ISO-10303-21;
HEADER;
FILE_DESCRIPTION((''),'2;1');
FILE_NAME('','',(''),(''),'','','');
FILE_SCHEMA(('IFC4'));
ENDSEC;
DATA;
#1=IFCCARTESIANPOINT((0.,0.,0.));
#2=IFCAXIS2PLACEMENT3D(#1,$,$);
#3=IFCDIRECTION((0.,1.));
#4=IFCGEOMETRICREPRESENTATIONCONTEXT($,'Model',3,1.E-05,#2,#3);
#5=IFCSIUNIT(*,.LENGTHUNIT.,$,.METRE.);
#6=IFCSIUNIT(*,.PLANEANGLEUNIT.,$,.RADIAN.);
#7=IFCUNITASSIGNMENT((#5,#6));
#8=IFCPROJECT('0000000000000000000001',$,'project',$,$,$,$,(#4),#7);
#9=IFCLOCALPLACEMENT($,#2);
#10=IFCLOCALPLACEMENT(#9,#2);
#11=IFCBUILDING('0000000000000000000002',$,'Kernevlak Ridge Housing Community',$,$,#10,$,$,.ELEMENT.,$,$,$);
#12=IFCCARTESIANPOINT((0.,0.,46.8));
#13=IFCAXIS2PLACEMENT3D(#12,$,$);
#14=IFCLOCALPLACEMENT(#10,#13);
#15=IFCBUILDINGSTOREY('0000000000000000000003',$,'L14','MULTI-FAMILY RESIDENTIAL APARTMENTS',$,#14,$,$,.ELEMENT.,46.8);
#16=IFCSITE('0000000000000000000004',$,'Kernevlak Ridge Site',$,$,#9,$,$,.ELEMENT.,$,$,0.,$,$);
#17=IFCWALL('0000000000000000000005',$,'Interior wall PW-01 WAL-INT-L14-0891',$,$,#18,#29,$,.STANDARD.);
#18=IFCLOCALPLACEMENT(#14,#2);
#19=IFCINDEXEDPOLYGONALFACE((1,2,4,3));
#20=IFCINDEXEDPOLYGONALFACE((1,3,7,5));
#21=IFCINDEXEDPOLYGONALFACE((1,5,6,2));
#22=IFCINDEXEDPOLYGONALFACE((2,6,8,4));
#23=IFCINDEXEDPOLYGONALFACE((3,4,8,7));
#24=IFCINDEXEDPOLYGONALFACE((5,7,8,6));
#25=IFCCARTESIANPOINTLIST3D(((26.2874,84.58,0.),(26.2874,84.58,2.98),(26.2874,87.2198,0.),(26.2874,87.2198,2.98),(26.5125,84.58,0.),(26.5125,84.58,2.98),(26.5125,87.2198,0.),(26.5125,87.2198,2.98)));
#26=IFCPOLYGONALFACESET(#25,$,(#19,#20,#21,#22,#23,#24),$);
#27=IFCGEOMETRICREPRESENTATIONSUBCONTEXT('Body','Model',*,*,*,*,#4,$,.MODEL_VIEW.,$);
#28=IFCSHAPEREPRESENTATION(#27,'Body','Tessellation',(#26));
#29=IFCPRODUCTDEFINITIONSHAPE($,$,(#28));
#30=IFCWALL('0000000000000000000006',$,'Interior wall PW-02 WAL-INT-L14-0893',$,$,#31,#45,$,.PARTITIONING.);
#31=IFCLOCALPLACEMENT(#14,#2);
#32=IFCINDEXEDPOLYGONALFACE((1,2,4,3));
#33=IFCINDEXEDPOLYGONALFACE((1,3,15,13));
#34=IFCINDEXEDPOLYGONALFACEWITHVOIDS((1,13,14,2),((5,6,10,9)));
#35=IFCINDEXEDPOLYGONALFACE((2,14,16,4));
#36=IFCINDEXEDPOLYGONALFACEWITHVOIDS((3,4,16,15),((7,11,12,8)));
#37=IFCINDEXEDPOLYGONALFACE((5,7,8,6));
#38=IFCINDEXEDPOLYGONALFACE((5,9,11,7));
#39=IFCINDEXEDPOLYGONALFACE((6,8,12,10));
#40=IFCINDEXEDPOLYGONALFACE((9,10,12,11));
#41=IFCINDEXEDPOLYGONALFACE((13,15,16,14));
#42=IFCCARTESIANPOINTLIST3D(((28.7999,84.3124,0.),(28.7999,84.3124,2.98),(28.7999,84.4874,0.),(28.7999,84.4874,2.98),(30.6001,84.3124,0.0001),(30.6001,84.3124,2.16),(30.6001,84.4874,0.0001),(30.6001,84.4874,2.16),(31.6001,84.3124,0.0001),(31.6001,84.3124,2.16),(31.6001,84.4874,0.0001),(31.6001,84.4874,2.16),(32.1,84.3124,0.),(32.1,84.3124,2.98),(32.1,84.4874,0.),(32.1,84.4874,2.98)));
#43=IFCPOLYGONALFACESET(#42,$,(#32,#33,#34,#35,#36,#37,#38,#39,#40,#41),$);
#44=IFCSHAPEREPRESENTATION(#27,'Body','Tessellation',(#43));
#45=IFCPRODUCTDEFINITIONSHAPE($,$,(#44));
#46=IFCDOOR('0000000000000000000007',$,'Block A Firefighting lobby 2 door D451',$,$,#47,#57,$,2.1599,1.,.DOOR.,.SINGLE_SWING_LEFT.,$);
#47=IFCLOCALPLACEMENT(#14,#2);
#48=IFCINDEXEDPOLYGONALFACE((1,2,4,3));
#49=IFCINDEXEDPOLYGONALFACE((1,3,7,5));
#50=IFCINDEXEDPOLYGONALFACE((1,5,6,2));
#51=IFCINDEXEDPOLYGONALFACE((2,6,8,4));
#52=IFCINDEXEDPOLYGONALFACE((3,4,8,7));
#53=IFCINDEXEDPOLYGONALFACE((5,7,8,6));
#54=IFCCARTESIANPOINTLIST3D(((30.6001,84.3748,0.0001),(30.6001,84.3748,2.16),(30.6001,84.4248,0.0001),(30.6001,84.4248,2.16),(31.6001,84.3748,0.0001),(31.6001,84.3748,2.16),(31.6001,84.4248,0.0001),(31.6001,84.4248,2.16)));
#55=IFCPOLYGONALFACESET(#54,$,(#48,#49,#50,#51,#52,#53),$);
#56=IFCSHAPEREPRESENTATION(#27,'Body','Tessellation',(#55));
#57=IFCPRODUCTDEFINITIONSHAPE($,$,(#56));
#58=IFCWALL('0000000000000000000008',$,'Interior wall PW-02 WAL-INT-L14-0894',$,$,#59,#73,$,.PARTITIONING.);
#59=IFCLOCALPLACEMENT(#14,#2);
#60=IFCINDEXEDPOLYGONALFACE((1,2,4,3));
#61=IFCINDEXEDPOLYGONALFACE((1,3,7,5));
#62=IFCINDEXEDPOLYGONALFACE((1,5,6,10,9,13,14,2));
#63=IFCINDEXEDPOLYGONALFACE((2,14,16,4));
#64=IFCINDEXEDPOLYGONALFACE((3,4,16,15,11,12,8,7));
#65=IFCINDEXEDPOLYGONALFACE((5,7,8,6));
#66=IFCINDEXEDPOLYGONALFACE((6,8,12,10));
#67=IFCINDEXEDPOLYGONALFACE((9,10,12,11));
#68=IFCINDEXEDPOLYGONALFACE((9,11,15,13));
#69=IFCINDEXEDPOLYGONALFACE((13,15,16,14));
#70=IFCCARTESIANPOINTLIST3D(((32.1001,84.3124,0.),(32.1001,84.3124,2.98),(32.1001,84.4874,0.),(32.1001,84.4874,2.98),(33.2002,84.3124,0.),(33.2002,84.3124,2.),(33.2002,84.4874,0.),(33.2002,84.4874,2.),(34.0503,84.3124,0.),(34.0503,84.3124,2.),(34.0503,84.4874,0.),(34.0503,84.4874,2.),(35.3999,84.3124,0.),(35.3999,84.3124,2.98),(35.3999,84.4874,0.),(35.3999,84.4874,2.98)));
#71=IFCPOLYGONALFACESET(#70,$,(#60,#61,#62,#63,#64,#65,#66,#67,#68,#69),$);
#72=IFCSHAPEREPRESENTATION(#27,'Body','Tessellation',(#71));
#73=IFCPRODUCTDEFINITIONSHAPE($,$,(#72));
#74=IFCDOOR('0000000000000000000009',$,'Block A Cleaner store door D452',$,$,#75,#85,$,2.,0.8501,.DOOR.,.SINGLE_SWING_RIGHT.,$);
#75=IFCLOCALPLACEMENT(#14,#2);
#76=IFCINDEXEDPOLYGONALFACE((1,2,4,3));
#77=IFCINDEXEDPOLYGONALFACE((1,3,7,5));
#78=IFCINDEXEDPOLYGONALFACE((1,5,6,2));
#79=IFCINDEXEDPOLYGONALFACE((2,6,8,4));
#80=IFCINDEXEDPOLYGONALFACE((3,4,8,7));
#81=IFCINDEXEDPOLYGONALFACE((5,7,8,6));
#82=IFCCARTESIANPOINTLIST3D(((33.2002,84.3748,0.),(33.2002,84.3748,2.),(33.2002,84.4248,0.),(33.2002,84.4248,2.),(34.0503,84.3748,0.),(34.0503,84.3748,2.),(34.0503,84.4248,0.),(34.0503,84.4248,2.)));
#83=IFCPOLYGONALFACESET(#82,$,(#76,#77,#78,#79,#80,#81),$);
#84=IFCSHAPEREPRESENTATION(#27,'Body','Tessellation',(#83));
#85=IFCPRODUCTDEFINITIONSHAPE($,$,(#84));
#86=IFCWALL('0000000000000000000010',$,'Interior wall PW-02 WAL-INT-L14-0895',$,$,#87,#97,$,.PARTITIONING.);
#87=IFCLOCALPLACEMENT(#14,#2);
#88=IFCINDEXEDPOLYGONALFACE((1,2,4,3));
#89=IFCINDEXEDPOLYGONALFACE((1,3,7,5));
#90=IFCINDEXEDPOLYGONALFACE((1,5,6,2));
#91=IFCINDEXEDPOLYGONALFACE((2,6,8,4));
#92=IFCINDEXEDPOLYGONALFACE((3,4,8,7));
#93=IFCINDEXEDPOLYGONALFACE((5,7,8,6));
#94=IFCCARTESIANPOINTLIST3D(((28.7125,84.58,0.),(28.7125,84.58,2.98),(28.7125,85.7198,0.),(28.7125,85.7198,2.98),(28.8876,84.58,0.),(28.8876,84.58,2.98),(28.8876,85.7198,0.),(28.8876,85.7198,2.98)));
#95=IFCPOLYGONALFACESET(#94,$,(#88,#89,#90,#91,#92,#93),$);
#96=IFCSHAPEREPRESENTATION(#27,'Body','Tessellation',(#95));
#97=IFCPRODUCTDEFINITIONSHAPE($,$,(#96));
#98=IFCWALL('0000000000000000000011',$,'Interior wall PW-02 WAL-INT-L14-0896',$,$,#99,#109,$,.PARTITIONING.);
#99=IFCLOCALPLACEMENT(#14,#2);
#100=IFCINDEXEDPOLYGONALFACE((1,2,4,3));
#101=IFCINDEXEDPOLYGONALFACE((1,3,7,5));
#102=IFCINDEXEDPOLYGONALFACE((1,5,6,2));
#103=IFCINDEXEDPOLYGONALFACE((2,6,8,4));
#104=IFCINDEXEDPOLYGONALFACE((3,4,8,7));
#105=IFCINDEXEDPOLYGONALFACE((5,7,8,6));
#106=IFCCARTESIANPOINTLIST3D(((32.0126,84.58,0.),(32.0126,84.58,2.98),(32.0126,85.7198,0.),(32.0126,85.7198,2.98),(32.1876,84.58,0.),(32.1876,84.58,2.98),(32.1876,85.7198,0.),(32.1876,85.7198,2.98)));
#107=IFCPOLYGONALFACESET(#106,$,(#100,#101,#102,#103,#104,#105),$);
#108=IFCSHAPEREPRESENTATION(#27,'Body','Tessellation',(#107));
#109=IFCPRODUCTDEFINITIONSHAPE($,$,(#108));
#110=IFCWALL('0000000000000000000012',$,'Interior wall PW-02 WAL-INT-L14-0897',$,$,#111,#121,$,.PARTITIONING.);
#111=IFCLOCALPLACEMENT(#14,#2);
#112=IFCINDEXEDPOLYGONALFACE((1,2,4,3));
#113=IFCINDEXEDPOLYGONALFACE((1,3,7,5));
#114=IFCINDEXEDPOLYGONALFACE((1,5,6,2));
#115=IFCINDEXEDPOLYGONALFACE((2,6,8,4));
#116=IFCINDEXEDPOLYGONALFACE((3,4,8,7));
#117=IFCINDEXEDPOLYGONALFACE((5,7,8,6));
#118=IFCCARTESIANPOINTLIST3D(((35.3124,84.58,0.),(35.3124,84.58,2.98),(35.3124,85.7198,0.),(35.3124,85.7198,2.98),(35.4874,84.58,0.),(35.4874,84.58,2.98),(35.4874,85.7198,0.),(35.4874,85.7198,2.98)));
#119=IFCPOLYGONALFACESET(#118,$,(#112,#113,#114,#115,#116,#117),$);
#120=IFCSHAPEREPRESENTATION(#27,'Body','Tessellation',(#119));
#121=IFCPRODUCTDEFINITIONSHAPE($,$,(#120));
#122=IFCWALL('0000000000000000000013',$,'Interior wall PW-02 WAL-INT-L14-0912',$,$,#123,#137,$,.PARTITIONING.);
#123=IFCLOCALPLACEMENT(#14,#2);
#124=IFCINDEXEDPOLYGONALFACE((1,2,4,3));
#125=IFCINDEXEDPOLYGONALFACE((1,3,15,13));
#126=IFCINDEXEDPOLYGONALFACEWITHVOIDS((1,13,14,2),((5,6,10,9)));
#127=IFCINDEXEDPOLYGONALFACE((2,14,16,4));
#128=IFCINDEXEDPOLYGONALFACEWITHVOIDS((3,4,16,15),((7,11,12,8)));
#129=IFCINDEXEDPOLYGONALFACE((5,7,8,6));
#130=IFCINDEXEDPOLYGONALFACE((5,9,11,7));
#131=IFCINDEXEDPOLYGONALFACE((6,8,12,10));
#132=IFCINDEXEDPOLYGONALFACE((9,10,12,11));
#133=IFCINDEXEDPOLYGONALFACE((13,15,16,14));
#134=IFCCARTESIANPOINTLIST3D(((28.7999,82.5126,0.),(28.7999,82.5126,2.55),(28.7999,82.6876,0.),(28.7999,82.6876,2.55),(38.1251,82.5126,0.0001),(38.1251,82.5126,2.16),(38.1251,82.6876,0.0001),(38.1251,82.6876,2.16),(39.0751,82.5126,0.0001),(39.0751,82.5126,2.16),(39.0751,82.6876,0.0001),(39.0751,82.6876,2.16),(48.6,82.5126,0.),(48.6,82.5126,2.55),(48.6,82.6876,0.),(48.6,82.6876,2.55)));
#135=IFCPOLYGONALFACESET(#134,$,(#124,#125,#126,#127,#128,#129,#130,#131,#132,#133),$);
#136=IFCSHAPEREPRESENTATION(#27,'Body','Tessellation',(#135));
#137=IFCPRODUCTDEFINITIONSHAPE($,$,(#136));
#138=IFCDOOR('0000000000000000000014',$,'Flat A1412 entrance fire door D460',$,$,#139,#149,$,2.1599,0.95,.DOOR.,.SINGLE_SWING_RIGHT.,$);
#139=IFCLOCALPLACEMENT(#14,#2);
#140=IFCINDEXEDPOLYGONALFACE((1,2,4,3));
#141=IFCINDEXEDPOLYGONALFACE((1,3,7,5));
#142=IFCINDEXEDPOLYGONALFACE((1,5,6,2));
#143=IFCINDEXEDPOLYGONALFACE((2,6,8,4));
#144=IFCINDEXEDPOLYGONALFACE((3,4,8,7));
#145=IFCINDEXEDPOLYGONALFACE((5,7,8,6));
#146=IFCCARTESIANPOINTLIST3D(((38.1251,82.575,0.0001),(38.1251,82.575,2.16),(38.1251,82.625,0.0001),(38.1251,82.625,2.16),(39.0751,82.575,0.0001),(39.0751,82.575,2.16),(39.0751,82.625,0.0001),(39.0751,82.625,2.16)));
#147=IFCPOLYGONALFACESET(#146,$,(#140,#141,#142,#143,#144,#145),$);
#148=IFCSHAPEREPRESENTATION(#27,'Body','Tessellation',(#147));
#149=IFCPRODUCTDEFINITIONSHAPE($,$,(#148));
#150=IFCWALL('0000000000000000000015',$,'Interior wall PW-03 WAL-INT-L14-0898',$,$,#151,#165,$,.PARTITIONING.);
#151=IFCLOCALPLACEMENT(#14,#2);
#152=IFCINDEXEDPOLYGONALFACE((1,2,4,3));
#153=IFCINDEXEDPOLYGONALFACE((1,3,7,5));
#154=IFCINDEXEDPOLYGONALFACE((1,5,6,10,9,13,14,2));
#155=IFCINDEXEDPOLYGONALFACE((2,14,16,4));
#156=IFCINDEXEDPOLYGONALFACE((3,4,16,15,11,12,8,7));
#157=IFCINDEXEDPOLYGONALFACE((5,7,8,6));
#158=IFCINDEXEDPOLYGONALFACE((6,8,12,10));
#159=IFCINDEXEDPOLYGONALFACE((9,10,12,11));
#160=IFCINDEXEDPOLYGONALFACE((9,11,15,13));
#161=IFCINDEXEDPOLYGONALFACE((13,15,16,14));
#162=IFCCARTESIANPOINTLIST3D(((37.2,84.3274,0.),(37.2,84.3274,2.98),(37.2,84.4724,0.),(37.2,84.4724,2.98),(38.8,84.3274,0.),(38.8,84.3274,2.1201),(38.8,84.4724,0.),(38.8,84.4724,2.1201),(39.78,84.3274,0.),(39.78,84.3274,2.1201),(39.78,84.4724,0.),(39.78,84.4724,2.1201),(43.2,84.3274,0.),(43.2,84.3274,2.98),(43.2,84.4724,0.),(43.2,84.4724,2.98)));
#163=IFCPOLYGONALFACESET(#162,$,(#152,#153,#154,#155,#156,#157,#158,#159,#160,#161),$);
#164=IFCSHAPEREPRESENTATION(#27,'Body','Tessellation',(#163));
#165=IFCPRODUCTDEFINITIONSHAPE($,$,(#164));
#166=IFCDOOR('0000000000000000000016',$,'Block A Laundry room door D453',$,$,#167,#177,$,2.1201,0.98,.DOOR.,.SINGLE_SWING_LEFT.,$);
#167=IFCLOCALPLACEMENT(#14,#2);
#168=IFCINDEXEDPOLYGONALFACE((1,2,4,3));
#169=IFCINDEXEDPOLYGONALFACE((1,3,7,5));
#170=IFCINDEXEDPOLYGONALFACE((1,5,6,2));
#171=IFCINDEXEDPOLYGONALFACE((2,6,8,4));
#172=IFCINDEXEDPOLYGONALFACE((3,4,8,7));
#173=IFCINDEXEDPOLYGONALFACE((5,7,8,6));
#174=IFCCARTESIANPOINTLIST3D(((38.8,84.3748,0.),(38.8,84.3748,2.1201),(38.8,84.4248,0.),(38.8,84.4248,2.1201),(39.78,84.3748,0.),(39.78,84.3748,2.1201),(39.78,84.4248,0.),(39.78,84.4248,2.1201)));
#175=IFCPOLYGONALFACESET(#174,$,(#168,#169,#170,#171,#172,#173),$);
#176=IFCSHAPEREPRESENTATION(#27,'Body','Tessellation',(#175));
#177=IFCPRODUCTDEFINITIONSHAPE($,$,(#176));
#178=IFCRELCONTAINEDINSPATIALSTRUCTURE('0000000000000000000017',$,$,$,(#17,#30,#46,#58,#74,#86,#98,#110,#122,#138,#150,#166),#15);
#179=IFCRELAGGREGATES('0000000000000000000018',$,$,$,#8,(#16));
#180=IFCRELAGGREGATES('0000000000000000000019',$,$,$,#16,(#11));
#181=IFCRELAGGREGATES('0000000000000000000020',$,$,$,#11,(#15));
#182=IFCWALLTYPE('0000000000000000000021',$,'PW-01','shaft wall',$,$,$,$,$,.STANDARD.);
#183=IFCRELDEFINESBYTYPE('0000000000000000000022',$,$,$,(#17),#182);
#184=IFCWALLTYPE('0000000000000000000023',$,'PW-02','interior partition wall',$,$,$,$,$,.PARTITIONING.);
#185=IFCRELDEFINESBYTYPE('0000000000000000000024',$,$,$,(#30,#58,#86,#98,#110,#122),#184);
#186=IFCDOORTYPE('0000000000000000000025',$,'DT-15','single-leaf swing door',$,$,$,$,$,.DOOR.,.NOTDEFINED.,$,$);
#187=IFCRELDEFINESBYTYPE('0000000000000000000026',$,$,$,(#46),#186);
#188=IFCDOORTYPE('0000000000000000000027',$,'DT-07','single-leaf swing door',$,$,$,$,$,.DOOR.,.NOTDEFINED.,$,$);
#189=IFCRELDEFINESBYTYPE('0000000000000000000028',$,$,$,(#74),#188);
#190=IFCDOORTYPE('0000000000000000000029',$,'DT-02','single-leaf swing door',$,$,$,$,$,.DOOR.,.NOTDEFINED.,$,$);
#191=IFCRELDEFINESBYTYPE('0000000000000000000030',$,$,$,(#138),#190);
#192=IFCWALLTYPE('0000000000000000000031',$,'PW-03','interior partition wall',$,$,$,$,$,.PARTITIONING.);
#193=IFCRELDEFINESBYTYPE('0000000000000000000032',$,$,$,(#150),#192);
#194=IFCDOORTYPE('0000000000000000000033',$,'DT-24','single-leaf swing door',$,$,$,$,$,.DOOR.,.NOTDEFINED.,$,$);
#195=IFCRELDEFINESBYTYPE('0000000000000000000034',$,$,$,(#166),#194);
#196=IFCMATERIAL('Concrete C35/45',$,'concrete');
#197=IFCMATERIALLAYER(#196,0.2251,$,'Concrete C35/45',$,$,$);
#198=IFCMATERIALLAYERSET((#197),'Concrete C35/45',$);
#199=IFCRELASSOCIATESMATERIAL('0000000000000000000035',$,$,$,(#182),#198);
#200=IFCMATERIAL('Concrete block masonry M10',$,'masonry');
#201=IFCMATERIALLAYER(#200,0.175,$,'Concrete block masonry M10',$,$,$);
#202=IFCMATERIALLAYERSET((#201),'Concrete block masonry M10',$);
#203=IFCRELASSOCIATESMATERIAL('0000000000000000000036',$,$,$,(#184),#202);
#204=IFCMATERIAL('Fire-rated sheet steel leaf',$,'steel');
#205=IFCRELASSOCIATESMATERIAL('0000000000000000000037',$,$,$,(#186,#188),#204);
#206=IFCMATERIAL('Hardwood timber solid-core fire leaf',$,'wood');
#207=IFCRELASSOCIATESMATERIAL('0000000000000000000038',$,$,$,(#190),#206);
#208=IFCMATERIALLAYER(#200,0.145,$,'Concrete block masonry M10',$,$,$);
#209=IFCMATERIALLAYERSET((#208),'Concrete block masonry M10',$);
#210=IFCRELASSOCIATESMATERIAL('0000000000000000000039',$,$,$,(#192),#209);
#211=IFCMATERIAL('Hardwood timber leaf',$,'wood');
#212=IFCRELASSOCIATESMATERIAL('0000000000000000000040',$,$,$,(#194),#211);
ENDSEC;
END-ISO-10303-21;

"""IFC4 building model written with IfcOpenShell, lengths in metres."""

from ifc_helpers import new_model, si_unit, direction, frame, frame_2d, origin, place, context, subcontext, project, spatial, rectangle, extrude, material, layer, layer_set, type_object, element, fill, save


model = new_model("IFC4")

# Units and contexts
model_context = context("Model", 3, precision=1e-05, world=origin(), true_north=direction((0.0, 1.0)))
body_context = subcontext(model_context, "Body", "Model", "MODEL_VIEW")
ifc_project = project(units=[si_unit("LENGTHUNIT", "METRE"), si_unit("PLANEANGLEUNIT", "RADIAN")], contexts=[model_context])

# Site, building, storey
site_placement = place(None, origin())
site = spatial("IfcSite", under=ifc_project, at=site_placement, Name="Kernevlak Ridge Site", CompositionType="ELEMENT", RefElevation=0.0)
building_placement = place(site_placement, origin())
building = spatial("IfcBuilding", under=site, at=building_placement, Name="Kernevlak Ridge Housing Community", CompositionType="ELEMENT")
storey_placement = place(building_placement, frame((0.0, 0.0, 46.8)))
storey = spatial("IfcBuildingStorey", under=building, at=storey_placement, Name="L14", Description="MULTI-FAMILY RESIDENTIAL APARTMENTS", CompositionType="ELEMENT", Elevation=46.8)

# Shared definitions
ifc_material_1 = material(Name="Concrete C35/45", Category="concrete")

# Wall
ifc_layer_1 = layer(ifc_material_1, 0.2251, Name="Concrete C35/45")
ifc_layer_set_1 = layer_set([ifc_layer_1], Name="Concrete C35/45")
wall_type_1 = type_object("IfcWallType", Name="PW-01", Description="shaft wall", PredefinedType="STANDARD", material=ifc_layer_set_1)
for number, where, z_axis, x_axis, name in (
    (1, (26.3999, 84.5801, 0.0), (0.0, 0.0, 1.0), (0.0, 1.0, 0.0), "Interior wall PW-01 WAL-INT-L14-0891"),
):
    element("IfcWall", number, at=place(storey_placement, frame(where, z_axis=z_axis, x_axis=x_axis)), inside=storey, type_object=wall_type_1, Name=name, PredefinedType="STANDARD", context=body_context, shape_type="SweptSolid", body=[
        extrude(rectangle(XDim=2.6399, YDim=0.2251, at=frame_2d((1.3198, 0.0))), origin(), (0.0, 0.0, 1.0), 2.98),
    ])

# Walls, openings, doors
ifc_material_2 = material(Name="Concrete block masonry M10", Category="masonry")
ifc_layer_2 = layer(ifc_material_2, 0.175, Name="Concrete block masonry M10")
ifc_layer_set_2 = layer_set([ifc_layer_2], Name="Concrete block masonry M10")
wall_type_2 = type_object("IfcWallType", Name="PW-02", Description="interior partition wall", PredefinedType="PARTITIONING", material=ifc_layer_set_2)
wall_1_placement = place(storey_placement, frame((28.8, 84.3999, 0.0), z_axis=(0.0, 0.0, 1.0), x_axis=(1.0, 0.0, 0.0)))
wall_1 = element("IfcWall", 2, at=wall_1_placement, inside=storey, type_object=wall_type_2, Name="Interior wall PW-02 WAL-INT-L14-0893", PredefinedType="PARTITIONING", context=body_context, shape_type="SweptSolid", body=[
    extrude(rectangle(XDim=3.3, YDim=0.175, at=frame_2d((1.6499, 0.0))), origin(), (0.0, 0.0, 1.0), 2.98),
])
opening_1_placement = place(wall_1_placement, frame((1.8, 0.0, 0.0)))
opening_1 = element("IfcOpeningElement", 3, at=opening_1_placement, cuts=wall_1, PredefinedType="OPENING", context=body_context, shape_type="SweptSolid", body=[
    extrude(rectangle(XDim=1.0, YDim=2.1599, at=frame_2d((0.5, 1.0801))), frame((0.0, 0.0974, 0.0), z_axis=(0.0, -1.0, 0.0), x_axis=(1.0, 0.0, 0.0)), (0.0, 0.0, 1.0), 0.1951),
])
ifc_material_3 = material(Name="Fire-rated sheet steel leaf", Category="steel")
door_type_1 = type_object("IfcDoorType", Name="DT-15", Description="single-leaf swing door", OperationType="NOTDEFINED", PredefinedType="DOOR", material=ifc_material_3)
door_1_placement = place(opening_1_placement, origin())
door_1 = element("IfcDoor", 4, at=door_1_placement, inside=storey, type_object=door_type_1, Name="Block A Firefighting lobby 2 door D451", OperationType="SINGLE_SWING_LEFT", OverallHeight=2.1599, OverallWidth=1.0, PredefinedType="DOOR", context=body_context, shape_type="SweptSolid", body=[
    extrude(rectangle(XDim=1.0, YDim=2.1599, at=frame_2d((0.5, 1.0801))), frame((0.0, 0.0249, 0.0), z_axis=(0.0, -1.0, 0.0), x_axis=(1.0, 0.0, 0.0)), (0.0, 0.0, 1.0), 0.05),
])
fill(opening_1, door_1)
wall_2_placement = place(storey_placement, frame((32.1001, 84.3999, 0.0), z_axis=(0.0, 0.0, 1.0), x_axis=(1.0, 0.0, 0.0)))
wall_2 = element("IfcWall", 5, at=wall_2_placement, inside=storey, type_object=wall_type_2, Name="Interior wall PW-02 WAL-INT-L14-0894", PredefinedType="PARTITIONING", context=body_context, shape_type="SweptSolid", body=[
    extrude(rectangle(XDim=3.2998, YDim=0.175, at=frame_2d((1.6499, 0.0))), origin(), (0.0, 0.0, 1.0), 2.98),
])
opening_2_placement = place(wall_2_placement, frame((1.1001, 0.0, 0.0)))
opening_2 = element("IfcOpeningElement", 6, at=opening_2_placement, cuts=wall_2, PredefinedType="OPENING", context=body_context, shape_type="SweptSolid", body=[
    extrude(rectangle(XDim=0.8501, YDim=2.0, at=frame_2d((0.425, 1.0))), frame((0.0, 0.0974, 0.0), z_axis=(0.0, -1.0, 0.0), x_axis=(1.0, 0.0, 0.0)), (0.0, 0.0, 1.0), 0.1951),
])
door_type_2 = type_object("IfcDoorType", Name="DT-07", Description="single-leaf swing door", OperationType="NOTDEFINED", PredefinedType="DOOR", material=ifc_material_3)
door_2_placement = place(opening_2_placement, origin())
door_2 = element("IfcDoor", 7, at=door_2_placement, inside=storey, type_object=door_type_2, Name="Block A Cleaner store door D452", OperationType="SINGLE_SWING_RIGHT", OverallHeight=2.0, OverallWidth=0.8501, PredefinedType="DOOR", context=body_context, shape_type="SweptSolid", body=[
    extrude(rectangle(XDim=0.8501, YDim=2.0, at=frame_2d((0.425, 1.0))), frame((0.0, 0.0249, 0.0), z_axis=(0.0, -1.0, 0.0), x_axis=(1.0, 0.0, 0.0)), (0.0, 0.0, 1.0), 0.05),
])
fill(opening_2, door_2)

# Walls
for number, where, z_axis, x_axis, name in (
    (8, (28.8, 84.5801, 0.0), (0.0, 0.0, 1.0), (0.0, 1.0, 0.0), "Interior wall PW-02 WAL-INT-L14-0895"),
    (9, (32.1001, 84.5801, 0.0), (0.0, 0.0, 1.0), (0.0, 1.0, 0.0), "Interior wall PW-02 WAL-INT-L14-0896"),
    (10, (35.3999, 84.5801, 0.0), (0.0, 0.0, 1.0), (0.0, 1.0, 0.0), "Interior wall PW-02 WAL-INT-L14-0897"),
):
    element("IfcWall", number, at=place(storey_placement, frame(where, z_axis=z_axis, x_axis=x_axis)), inside=storey, type_object=wall_type_2, Name=name, PredefinedType="PARTITIONING", context=body_context, shape_type="SweptSolid", body=[
        extrude(rectangle(XDim=1.1399, YDim=0.175, at=frame_2d((0.5698, 0.0))), origin(), (0.0, 0.0, 1.0), 2.98),
    ])

# Walls, openings, doors
wall_3_placement = place(storey_placement, frame((28.8, 82.6001, 0.0), z_axis=(0.0, 0.0, 1.0), x_axis=(1.0, 0.0, 0.0)))
wall_3 = element("IfcWall", 11, at=wall_3_placement, inside=storey, type_object=wall_type_2, Name="Interior wall PW-02 WAL-INT-L14-0912", PredefinedType="PARTITIONING", context=body_context, shape_type="SweptSolid", body=[
    extrude(rectangle(XDim=19.8, YDim=0.175, at=frame_2d((9.8999, 0.0))), origin(), (0.0, 0.0, 1.0), 2.55),
])
opening_3_placement = place(wall_3_placement, frame((9.325, 0.0, 0.0)))
opening_3 = element("IfcOpeningElement", 12, at=opening_3_placement, cuts=wall_3, PredefinedType="OPENING", context=body_context, shape_type="SweptSolid", body=[
    extrude(rectangle(XDim=0.95, YDim=2.1599, at=frame_2d((0.4751, 1.0801))), frame((0.0, 0.0974, 0.0), z_axis=(0.0, -1.0, 0.0), x_axis=(1.0, 0.0, 0.0)), (0.0, 0.0, 1.0), 0.1951),
])
ifc_material_4 = material(Name="Hardwood timber solid-core fire leaf", Category="wood")
door_type_3 = type_object("IfcDoorType", Name="DT-02", Description="single-leaf swing door", OperationType="NOTDEFINED", PredefinedType="DOOR", material=ifc_material_4)
door_3_placement = place(opening_3_placement, origin())
door_3 = element("IfcDoor", 13, at=door_3_placement, inside=storey, type_object=door_type_3, Name="Flat A1412 entrance fire door D460", OperationType="SINGLE_SWING_RIGHT", OverallHeight=2.1599, OverallWidth=0.95, PredefinedType="DOOR", context=body_context, shape_type="SweptSolid", body=[
    extrude(rectangle(XDim=0.95, YDim=2.1599, at=frame_2d((0.4751, 1.0801))), frame((0.0, 0.0249, 0.0), z_axis=(0.0, -1.0, 0.0), x_axis=(1.0, 0.0, 0.0)), (0.0, 0.0, 1.0), 0.05),
])
fill(opening_3, door_3)
ifc_layer_3 = layer(ifc_material_2, 0.145, Name="Concrete block masonry M10")
ifc_layer_set_3 = layer_set([ifc_layer_3], Name="Concrete block masonry M10")
wall_type_3 = type_object("IfcWallType", Name="PW-03", Description="interior partition wall", PredefinedType="PARTITIONING", material=ifc_layer_set_3)
wall_4_placement = place(storey_placement, frame((37.2, 84.3999, 0.0), z_axis=(0.0, 0.0, 1.0), x_axis=(1.0, 0.0, 0.0)))
wall_4 = element("IfcWall", 14, at=wall_4_placement, inside=storey, type_object=wall_type_3, Name="Interior wall PW-03 WAL-INT-L14-0898", PredefinedType="PARTITIONING", context=body_context, shape_type="SweptSolid", body=[
    extrude(rectangle(XDim=6.0, YDim=0.145, at=frame_2d((3.0, 0.0))), origin(), (0.0, 0.0, 1.0), 2.98),
])
opening_4_placement = place(wall_4_placement, frame((1.6001, 0.0, 0.0)))
opening_4 = element("IfcOpeningElement", 15, at=opening_4_placement, cuts=wall_4, PredefinedType="OPENING", context=body_context, shape_type="SweptSolid", body=[
    extrude(rectangle(XDim=0.98, YDim=2.1201, at=frame_2d((0.49, 1.0601))), frame((0.0, 0.0825, 0.0), z_axis=(0.0, -1.0, 0.0), x_axis=(1.0, 0.0, 0.0)), (0.0, 0.0, 1.0), 0.165),
])
ifc_material_5 = material(Name="Hardwood timber leaf", Category="wood")
door_type_4 = type_object("IfcDoorType", Name="DT-24", Description="single-leaf swing door", OperationType="NOTDEFINED", PredefinedType="DOOR", material=ifc_material_5)
door_4_placement = place(opening_4_placement, origin())
door_4 = element("IfcDoor", 16, at=door_4_placement, inside=storey, type_object=door_type_4, Name="Block A Laundry room door D453", OperationType="SINGLE_SWING_LEFT", OverallHeight=2.1201, OverallWidth=0.98, PredefinedType="DOOR", context=body_context, shape_type="SweptSolid", body=[
    extrude(rectangle(XDim=0.98, YDim=2.1201, at=frame_2d((0.49, 1.0601))), frame((0.0, 0.0249, 0.0), z_axis=(0.0, -1.0, 0.0), x_axis=(1.0, 0.0, 0.0)), (0.0, 0.0, 1.0), 0.05),
])
fill(opening_4, door_4)

save(model, "model.ifc")
